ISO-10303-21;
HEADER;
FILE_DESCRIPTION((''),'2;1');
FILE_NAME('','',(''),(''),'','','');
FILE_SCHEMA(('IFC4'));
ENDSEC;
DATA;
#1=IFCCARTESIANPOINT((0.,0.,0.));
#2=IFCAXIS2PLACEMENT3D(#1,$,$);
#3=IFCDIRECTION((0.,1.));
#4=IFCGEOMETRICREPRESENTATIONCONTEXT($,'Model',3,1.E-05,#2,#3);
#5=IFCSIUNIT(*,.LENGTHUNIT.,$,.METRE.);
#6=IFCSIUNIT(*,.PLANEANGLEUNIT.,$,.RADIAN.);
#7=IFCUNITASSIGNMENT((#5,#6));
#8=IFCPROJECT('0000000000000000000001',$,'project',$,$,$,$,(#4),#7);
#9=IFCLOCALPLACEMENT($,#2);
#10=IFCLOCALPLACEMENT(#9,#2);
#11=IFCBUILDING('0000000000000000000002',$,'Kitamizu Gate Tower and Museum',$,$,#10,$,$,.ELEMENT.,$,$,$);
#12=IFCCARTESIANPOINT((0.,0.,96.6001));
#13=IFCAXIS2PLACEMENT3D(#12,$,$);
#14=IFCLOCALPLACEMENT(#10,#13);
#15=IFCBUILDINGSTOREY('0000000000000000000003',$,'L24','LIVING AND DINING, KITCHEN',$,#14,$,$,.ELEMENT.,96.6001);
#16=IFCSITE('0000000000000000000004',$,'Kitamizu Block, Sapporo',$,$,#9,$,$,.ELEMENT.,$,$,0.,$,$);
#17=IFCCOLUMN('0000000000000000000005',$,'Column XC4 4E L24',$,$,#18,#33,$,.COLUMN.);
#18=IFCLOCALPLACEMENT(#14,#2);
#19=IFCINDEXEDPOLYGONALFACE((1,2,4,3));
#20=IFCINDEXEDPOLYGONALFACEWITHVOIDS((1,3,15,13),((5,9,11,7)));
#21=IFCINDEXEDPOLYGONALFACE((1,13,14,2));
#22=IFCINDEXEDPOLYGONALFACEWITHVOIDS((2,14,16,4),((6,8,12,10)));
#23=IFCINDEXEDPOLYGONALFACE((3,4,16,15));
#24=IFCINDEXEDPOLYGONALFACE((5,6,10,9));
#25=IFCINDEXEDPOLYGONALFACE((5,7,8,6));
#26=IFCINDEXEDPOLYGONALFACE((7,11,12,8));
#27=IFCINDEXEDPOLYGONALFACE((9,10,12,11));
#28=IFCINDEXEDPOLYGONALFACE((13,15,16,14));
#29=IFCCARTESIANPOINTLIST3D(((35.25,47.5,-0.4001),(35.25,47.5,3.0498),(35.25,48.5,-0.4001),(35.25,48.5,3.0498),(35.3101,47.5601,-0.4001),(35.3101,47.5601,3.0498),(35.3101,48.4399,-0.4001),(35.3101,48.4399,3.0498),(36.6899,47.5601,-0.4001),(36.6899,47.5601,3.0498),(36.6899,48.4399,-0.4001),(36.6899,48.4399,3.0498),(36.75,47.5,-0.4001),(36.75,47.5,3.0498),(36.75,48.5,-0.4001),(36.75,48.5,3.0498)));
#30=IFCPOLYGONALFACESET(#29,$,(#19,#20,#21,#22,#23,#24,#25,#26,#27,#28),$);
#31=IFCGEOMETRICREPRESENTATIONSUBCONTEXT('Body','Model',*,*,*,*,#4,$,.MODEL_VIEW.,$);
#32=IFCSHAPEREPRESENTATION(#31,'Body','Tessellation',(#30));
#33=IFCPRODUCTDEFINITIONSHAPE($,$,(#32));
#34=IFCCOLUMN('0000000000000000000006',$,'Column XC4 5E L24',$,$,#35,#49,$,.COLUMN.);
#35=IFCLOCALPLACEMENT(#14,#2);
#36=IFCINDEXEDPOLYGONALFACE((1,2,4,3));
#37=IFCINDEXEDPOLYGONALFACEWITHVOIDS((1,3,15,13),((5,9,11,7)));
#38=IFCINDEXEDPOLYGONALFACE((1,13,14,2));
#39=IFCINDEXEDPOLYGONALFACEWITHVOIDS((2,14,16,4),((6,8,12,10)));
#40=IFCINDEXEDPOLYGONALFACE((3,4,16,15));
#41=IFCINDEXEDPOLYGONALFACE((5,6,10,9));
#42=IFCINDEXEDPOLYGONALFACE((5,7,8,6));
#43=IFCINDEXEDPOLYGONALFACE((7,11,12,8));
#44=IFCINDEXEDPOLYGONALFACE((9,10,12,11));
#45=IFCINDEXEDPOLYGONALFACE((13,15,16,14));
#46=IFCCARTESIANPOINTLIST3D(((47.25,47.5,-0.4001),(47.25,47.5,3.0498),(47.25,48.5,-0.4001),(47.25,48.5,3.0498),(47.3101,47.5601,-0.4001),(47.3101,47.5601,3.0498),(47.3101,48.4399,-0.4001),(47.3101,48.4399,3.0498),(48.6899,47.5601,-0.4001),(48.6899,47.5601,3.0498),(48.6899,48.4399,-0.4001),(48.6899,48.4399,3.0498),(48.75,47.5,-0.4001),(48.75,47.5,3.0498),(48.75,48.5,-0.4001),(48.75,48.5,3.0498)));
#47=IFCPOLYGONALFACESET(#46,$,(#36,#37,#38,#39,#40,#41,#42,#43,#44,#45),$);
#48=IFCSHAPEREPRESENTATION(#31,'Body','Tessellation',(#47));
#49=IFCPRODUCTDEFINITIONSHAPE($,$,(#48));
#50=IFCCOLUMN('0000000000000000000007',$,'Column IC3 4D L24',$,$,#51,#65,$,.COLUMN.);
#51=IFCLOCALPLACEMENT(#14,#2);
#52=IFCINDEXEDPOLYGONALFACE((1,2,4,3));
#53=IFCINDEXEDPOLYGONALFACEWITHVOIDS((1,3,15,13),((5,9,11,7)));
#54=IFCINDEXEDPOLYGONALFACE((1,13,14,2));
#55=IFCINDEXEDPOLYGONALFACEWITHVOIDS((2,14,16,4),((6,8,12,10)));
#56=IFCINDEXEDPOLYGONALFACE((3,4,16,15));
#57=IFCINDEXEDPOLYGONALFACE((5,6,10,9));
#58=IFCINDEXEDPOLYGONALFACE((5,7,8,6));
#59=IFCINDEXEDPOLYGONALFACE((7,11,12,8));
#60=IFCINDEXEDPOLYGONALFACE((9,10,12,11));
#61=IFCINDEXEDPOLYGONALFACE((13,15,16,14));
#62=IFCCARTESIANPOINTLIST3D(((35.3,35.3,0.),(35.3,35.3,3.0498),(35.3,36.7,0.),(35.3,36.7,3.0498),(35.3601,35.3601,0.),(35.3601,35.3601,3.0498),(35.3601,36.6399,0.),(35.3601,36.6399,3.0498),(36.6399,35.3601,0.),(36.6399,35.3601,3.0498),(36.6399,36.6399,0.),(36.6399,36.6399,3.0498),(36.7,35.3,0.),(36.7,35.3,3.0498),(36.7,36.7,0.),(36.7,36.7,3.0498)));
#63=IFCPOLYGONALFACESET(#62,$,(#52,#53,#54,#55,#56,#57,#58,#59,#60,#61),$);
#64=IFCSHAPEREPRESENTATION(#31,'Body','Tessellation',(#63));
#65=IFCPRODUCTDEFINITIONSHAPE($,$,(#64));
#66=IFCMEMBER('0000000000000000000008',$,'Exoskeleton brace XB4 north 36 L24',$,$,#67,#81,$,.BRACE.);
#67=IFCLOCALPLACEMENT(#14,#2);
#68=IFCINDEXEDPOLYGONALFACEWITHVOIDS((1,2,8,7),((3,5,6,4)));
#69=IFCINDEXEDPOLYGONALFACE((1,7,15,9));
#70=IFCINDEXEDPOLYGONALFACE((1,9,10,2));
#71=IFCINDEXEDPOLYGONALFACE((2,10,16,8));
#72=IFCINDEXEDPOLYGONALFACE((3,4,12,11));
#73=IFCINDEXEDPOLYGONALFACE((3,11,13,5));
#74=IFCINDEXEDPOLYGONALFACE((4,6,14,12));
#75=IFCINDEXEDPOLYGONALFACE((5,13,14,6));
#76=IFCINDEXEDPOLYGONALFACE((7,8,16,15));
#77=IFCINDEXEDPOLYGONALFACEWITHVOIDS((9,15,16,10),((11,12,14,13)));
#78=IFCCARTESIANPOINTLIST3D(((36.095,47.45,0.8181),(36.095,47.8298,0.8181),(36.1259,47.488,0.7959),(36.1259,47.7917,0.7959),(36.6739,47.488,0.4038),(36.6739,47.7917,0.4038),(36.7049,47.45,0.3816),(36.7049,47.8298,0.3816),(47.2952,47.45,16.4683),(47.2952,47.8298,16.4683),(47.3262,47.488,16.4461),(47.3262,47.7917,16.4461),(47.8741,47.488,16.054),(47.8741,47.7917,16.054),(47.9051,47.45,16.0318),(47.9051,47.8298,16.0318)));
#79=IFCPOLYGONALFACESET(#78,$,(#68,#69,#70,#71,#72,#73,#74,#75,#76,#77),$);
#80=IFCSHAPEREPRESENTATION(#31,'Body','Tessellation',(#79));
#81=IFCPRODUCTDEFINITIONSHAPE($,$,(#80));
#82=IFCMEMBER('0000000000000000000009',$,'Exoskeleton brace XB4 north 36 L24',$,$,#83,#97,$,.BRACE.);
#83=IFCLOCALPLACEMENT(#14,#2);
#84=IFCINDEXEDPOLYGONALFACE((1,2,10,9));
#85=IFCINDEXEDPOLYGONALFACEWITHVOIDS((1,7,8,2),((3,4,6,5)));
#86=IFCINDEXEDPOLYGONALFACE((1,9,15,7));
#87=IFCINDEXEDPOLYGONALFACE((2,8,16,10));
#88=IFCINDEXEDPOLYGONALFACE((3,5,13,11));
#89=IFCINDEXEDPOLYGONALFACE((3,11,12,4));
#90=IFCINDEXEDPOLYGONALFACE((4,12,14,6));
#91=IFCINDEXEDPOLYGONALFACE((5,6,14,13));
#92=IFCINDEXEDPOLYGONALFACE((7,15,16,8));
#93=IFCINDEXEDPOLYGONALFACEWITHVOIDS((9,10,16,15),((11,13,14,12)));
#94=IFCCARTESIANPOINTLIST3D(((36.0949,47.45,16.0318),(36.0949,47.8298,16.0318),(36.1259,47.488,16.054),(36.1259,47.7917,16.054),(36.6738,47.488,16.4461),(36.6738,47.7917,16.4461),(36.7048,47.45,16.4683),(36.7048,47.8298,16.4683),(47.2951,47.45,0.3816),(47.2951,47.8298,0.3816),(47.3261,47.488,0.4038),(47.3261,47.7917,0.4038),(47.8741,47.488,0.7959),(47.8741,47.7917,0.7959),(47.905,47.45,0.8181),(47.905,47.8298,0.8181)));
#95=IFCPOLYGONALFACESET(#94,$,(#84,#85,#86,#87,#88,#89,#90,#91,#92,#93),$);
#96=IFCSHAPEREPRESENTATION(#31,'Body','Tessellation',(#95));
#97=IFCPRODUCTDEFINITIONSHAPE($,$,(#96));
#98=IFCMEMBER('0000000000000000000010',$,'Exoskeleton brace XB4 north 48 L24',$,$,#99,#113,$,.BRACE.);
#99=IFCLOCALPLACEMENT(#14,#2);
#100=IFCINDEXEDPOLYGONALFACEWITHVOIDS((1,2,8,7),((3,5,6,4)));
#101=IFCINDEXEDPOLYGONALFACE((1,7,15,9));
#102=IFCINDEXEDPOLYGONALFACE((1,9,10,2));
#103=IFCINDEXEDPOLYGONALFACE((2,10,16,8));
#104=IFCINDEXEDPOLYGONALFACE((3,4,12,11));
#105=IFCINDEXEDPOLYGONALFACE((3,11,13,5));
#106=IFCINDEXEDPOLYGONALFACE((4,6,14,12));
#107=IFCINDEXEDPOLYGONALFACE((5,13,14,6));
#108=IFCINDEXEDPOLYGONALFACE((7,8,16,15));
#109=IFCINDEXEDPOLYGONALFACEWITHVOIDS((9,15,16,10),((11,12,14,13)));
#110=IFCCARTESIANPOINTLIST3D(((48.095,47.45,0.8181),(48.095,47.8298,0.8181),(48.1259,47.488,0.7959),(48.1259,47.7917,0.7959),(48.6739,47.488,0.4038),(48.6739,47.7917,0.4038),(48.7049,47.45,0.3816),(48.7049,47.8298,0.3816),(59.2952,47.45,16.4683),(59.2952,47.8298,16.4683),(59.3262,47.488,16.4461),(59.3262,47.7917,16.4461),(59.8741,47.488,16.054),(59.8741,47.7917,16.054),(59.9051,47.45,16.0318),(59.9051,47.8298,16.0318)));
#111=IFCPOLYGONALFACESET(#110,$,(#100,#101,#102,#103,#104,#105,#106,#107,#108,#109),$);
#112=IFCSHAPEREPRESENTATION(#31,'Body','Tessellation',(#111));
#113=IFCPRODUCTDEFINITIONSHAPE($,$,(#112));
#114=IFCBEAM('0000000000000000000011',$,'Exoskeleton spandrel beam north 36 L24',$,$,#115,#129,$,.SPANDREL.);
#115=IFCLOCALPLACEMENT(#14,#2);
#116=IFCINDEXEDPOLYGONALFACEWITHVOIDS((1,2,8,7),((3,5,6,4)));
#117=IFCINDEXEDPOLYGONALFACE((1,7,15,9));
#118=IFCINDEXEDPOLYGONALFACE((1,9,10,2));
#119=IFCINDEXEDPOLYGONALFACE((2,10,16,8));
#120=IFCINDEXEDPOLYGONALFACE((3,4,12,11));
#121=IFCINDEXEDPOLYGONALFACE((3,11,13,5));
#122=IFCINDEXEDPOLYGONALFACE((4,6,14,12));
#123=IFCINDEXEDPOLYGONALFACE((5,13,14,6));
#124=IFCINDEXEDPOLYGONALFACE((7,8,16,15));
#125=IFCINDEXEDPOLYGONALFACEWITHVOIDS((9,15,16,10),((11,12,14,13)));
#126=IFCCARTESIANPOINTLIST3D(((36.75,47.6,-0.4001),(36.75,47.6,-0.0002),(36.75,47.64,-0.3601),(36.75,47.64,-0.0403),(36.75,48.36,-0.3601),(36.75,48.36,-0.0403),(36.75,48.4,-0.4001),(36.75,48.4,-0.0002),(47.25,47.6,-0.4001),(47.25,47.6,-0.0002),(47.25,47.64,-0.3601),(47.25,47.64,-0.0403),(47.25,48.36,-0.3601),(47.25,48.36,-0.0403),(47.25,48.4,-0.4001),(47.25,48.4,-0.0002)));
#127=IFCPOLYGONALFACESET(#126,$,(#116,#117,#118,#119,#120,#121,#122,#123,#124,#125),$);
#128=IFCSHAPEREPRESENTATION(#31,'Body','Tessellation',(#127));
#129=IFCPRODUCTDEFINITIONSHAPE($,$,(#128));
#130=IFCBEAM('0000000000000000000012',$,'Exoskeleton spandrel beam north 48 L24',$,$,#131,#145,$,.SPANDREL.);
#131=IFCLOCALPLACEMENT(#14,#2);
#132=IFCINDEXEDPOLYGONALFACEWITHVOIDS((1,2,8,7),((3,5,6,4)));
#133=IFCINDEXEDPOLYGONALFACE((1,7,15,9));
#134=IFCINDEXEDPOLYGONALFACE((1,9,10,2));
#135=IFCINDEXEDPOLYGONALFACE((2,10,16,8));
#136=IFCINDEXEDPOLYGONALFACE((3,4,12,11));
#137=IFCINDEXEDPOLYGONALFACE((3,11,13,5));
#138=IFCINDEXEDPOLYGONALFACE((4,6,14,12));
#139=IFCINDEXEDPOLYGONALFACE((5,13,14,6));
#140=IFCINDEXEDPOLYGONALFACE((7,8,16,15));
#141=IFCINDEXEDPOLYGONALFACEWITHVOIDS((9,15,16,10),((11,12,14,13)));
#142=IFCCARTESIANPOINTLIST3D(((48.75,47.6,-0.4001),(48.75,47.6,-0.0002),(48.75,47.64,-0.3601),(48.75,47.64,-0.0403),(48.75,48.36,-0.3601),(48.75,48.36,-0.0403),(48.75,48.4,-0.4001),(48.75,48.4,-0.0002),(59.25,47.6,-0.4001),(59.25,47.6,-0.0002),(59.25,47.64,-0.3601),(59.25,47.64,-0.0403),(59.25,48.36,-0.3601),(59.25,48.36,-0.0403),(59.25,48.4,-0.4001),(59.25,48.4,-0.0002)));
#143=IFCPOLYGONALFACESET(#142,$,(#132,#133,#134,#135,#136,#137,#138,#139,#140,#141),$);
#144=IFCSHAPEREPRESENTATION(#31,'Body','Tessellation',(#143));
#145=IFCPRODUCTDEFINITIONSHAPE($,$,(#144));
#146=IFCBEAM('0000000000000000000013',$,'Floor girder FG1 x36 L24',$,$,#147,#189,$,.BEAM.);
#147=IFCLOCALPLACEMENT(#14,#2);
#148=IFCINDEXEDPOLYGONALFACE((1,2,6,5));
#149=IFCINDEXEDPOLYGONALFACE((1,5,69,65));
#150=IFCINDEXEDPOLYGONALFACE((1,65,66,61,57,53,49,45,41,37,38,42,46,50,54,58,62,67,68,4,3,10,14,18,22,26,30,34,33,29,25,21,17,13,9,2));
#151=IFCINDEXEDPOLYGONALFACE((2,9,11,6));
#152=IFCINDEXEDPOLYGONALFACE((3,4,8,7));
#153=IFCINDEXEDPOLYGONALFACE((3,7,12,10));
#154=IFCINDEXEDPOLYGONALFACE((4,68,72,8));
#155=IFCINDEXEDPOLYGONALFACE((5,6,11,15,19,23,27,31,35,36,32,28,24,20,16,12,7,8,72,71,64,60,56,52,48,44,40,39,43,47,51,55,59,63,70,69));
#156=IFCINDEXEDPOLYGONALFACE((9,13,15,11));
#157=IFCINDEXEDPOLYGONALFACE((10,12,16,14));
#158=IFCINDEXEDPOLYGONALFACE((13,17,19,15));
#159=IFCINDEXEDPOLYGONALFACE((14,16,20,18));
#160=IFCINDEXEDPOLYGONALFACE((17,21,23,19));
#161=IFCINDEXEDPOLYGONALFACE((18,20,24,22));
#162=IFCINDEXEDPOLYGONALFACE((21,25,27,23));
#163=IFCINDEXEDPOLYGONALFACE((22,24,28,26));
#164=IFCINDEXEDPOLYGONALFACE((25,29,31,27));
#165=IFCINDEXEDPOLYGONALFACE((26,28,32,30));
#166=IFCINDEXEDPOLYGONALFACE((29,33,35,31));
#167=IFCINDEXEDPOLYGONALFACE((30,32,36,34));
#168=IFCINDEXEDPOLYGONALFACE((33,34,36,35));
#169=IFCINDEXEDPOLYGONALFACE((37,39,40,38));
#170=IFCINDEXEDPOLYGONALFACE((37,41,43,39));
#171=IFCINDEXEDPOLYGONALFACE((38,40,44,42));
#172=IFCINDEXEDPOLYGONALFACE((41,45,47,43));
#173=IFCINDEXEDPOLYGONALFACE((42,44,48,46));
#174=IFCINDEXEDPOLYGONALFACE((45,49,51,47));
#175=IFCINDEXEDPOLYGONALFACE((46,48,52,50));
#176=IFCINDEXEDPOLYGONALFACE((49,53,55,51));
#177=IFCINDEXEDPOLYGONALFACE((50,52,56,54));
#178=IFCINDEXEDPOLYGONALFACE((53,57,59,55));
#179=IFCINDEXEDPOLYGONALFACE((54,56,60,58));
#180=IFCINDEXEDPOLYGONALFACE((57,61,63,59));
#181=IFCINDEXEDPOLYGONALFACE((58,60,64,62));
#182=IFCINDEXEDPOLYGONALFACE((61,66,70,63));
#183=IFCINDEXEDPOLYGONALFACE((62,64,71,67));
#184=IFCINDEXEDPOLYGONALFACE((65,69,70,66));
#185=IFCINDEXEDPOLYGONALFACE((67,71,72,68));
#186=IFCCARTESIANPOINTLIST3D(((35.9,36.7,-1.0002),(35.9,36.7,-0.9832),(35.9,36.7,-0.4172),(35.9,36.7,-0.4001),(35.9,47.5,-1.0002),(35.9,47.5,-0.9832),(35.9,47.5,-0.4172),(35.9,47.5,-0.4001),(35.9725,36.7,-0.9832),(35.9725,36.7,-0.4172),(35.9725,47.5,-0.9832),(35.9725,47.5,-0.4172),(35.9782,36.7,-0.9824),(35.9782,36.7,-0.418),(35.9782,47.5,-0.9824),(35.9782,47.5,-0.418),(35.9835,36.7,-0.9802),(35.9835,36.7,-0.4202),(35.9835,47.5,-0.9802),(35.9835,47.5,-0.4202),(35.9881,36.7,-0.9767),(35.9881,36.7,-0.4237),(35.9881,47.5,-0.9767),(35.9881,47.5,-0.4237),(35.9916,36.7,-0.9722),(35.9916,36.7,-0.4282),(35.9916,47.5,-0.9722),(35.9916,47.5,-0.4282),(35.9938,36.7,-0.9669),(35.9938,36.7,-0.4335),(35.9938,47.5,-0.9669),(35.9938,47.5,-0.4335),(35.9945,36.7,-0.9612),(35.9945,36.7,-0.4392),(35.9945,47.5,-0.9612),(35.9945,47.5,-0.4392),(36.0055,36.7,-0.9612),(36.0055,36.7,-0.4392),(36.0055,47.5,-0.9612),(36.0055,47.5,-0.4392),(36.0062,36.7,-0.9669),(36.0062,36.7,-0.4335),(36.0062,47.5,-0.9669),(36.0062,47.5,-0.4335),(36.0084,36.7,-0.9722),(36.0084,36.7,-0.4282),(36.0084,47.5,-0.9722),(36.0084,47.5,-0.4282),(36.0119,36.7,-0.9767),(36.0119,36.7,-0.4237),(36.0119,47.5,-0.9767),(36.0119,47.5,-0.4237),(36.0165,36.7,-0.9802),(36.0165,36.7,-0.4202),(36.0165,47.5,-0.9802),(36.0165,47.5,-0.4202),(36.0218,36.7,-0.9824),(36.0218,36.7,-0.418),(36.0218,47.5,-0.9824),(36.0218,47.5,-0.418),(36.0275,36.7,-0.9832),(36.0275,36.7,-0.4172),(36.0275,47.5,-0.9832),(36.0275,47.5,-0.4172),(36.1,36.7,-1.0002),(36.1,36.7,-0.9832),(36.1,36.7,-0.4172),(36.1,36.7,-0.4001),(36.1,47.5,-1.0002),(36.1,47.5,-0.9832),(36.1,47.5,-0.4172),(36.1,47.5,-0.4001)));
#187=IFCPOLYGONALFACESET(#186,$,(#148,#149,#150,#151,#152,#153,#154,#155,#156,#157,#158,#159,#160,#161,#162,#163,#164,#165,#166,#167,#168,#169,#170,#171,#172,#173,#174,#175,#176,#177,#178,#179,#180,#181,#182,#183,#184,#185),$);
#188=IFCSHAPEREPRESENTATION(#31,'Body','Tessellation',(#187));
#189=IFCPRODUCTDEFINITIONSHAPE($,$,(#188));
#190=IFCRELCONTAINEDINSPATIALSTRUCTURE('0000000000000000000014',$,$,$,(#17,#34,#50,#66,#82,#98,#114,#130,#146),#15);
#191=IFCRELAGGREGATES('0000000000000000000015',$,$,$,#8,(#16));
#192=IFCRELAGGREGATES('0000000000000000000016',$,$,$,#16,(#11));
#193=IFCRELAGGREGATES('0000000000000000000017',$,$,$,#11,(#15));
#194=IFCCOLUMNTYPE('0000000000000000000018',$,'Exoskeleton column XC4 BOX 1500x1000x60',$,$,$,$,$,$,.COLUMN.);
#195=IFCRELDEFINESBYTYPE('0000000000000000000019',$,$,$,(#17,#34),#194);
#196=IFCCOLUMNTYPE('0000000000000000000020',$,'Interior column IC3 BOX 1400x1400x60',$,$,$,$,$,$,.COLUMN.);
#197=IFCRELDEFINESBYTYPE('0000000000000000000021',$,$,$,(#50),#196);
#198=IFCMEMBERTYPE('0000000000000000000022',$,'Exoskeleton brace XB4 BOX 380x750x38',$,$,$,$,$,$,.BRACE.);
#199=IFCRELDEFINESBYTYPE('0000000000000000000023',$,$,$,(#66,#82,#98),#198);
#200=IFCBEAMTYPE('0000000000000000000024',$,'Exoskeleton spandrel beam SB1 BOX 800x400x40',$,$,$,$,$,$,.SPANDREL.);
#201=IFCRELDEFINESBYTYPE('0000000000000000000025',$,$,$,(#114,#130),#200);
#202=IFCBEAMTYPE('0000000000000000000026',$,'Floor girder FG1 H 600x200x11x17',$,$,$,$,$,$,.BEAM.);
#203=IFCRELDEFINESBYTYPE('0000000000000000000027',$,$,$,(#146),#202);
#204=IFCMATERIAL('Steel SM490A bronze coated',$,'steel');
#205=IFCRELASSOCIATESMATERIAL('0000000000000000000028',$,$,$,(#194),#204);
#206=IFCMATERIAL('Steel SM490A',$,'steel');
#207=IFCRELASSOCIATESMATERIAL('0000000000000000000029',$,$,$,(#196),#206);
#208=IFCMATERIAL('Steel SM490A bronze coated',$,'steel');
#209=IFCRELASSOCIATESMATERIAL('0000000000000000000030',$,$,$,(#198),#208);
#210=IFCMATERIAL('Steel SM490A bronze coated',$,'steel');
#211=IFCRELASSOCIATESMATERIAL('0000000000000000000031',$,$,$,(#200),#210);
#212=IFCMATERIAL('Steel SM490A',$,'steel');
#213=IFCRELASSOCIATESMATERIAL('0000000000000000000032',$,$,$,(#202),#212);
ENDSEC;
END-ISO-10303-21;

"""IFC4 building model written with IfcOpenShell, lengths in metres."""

from ifc_helpers import new_model, si_unit, direction, frame, origin, origin_2d, place, context, subcontext, project, spatial, hollow_rectangle, i_section, extrude, material, material_profile, profile_set, type_object, element, save


model = new_model("IFC4")

# Units and contexts
model_context = context("Model", 3, precision=1e-05, world=origin(), true_north=direction((0.0, 1.0)))
body_context = subcontext(model_context, "Body", "Model", "MODEL_VIEW")
ifc_project = project(units=[si_unit("LENGTHUNIT", "METRE"), si_unit("PLANEANGLEUNIT", "RADIAN")], contexts=[model_context])

# Site, building, storey
site_placement = place(None, origin())
site = spatial("IfcSite", under=ifc_project, at=site_placement, Name="Kitamizu Block, Sapporo", CompositionType="ELEMENT", RefElevation=0.0)
building_placement = place(site_placement, origin())
building = spatial("IfcBuilding", under=site, at=building_placement, Name="Kitamizu Gate Tower and Museum", CompositionType="ELEMENT")
storey_placement = place(building_placement, frame((0.0, 0.0, 96.6001)))
storey = spatial("IfcBuildingStorey", under=building, at=storey_placement, Name="L24", Description="LIVING AND DINING, KITCHEN", CompositionType="ELEMENT", Elevation=96.6001)

# Columns
ifc_material_1 = material(Name="Steel SM490A bronze coated", Category="steel")
ifc_material_profile_1 = material_profile(ifc_material_1, hollow_rectangle(XDim=1.5, YDim=1.0, WallThickness=0.0601, at=origin_2d()), Name="BOX 1500x1000x60")
ifc_profile_set_1 = profile_set([ifc_material_profile_1], Name="Steel SM490A bronze coated")
column_type_1 = type_object("IfcColumnType", Name="Exoskeleton column XC4 BOX 1500x1000x60", PredefinedType="COLUMN", material=ifc_profile_set_1)
for number, where, z_axis, x_axis, name in (
    (1, (36.0, 48.0, -0.4001), (0.0, 0.0, 1.0), (1.0, 0.0, 0.0), "Column XC4 4E L24"),
    (2, (48.0, 48.0, -0.4001), (0.0, 0.0, 1.0), (1.0, 0.0, 0.0), "Column XC4 5E L24"),
):
    element("IfcColumn", number, at=place(storey_placement, frame(where, z_axis=z_axis, x_axis=x_axis)), inside=storey, type_object=column_type_1, Name=name, PredefinedType="COLUMN", context=body_context, shape_type="SweptSolid", body=[
        extrude(hollow_rectangle(XDim=1.5, YDim=1.0, WallThickness=0.0601, at=origin_2d()), origin(), (0.0, 0.0, 1.0), 3.45),
    ])
ifc_material_2 = material(Name="Steel SM490A", Category="steel")
ifc_material_profile_2 = material_profile(ifc_material_2, hollow_rectangle(XDim=1.3999, YDim=1.3999, WallThickness=0.0601, at=origin_2d()), Name="BOX 1400x1400x60")
ifc_profile_set_2 = profile_set([ifc_material_profile_2], Name="Steel SM490A")
column_type_2 = type_object("IfcColumnType", Name="Interior column IC3 BOX 1400x1400x60", PredefinedType="COLUMN", material=ifc_profile_set_2)
column_placement = place(storey_placement, frame((36.0, 36.0, 0.0), z_axis=(0.0, 0.0, 1.0), x_axis=(1.0, 0.0, 0.0)))
element("IfcColumn", 3, at=column_placement, inside=storey, type_object=column_type_2, Name="Column IC3 4D L24", PredefinedType="COLUMN", context=body_context, shape_type="SweptSolid", body=[
    extrude(hollow_rectangle(XDim=1.3999, YDim=1.3999, WallThickness=0.0601, at=origin_2d()), origin(), (0.0, 0.0, 1.0), 3.0498),
])

# Members
ifc_material_3 = material(Name="Steel SM490A bronze coated", Category="steel")
ifc_material_profile_3 = material_profile(ifc_material_3, hollow_rectangle(XDim=0.3799, YDim=0.75, WallThickness=0.0381, at=origin_2d()), Name="BOX 380x750x38")
ifc_profile_set_3 = profile_set([ifc_material_profile_3], Name="Steel SM490A bronze coated")
member_type = type_object("IfcMemberType", Name="Exoskeleton brace XB4 BOX 380x750x38", PredefinedType="BRACE", material=ifc_profile_set_3)
for number, where, z_axis, x_axis, name in (
    (4, (36.3999, 47.6399, 0.5999), (0.581978, 0.0, 0.813204), (0.0, 1.0, 0.0), "Exoskeleton brace XB4 north 36 L24"),
    (5, (47.6001, 47.6399, 0.5999), (-0.581978, 0.0, 0.813204), (0.0, -1.0, 0.0), "Exoskeleton brace XB4 north 36 L24"),
    (6, (48.3999, 47.6399, 0.5999), (0.581978, 0.0, 0.813204), (0.0, 1.0, 0.0), "Exoskeleton brace XB4 north 48 L24"),
):
    element("IfcMember", number, at=place(storey_placement, frame(where, z_axis=z_axis, x_axis=x_axis)), inside=storey, type_object=member_type, Name=name, PredefinedType="BRACE", context=body_context, shape_type="SweptSolid", body=[
        extrude(hollow_rectangle(XDim=0.3799, YDim=0.75, WallThickness=0.0381, at=origin_2d()), origin(), (0.0, 0.0, 1.0), 19.2451),
    ])

# Beams
ifc_material_4 = material(Name="Steel SM490A bronze coated", Category="steel")
ifc_material_profile_4 = material_profile(ifc_material_4, hollow_rectangle(XDim=0.8, YDim=0.3999, WallThickness=0.04, at=origin_2d()), Name="BOX 800x400x40")
ifc_profile_set_4 = profile_set([ifc_material_profile_4], Name="Steel SM490A bronze coated")
beam_type_1 = type_object("IfcBeamType", Name="Exoskeleton spandrel beam SB1 BOX 800x400x40", PredefinedType="SPANDREL", material=ifc_profile_set_4)
for number, where, z_axis, x_axis, name in (
    (7, (36.75, 48.0, -0.2002), (1.0, 0.0, 0.0), (0.0, 1.0, 0.0), "Exoskeleton spandrel beam north 36 L24"),
    (8, (48.75, 48.0, -0.2002), (1.0, 0.0, 0.0), (0.0, 1.0, 0.0), "Exoskeleton spandrel beam north 48 L24"),
):
    element("IfcBeam", number, at=place(storey_placement, frame(where, z_axis=z_axis, x_axis=x_axis)), inside=storey, type_object=beam_type_1, Name=name, PredefinedType="SPANDREL", context=body_context, shape_type="SweptSolid", body=[
        extrude(hollow_rectangle(XDim=0.8, YDim=0.3999, WallThickness=0.04, at=origin_2d()), origin(), (0.0, 0.0, 1.0), 10.5),
    ])
ifc_material_5 = material(Name="Steel SM490A", Category="steel")
ifc_material_profile_5 = material_profile(ifc_material_5, i_section(OverallWidth=0.2, OverallDepth=0.6001, WebThickness=0.011, FlangeThickness=0.0171, FilletRadius=0.022, at=origin_2d()), Name="H-600x200x11x17")
ifc_profile_set_5 = profile_set([ifc_material_profile_5], Name="Steel SM490A")
beam_type_2 = type_object("IfcBeamType", Name="Floor girder FG1 H 600x200x11x17", PredefinedType="BEAM", material=ifc_profile_set_5)
beam_1_placement = place(storey_placement, frame((36.0, 36.7, -0.7002), z_axis=(0.0, 1.0, 0.0), x_axis=(-1.0, 0.0, 0.0)))
element("IfcBeam", 9, at=beam_1_placement, inside=storey, type_object=beam_type_2, Name="Floor girder FG1 x36 L24", PredefinedType="BEAM", context=body_context, shape_type="SweptSolid", body=[
    extrude(i_section(OverallWidth=0.2, OverallDepth=0.6001, WebThickness=0.011, FlangeThickness=0.0171, FilletRadius=0.022, at=origin_2d()), origin(), (0.0, 0.0, 1.0), 10.8),
])

save(model, "model.ifc")
